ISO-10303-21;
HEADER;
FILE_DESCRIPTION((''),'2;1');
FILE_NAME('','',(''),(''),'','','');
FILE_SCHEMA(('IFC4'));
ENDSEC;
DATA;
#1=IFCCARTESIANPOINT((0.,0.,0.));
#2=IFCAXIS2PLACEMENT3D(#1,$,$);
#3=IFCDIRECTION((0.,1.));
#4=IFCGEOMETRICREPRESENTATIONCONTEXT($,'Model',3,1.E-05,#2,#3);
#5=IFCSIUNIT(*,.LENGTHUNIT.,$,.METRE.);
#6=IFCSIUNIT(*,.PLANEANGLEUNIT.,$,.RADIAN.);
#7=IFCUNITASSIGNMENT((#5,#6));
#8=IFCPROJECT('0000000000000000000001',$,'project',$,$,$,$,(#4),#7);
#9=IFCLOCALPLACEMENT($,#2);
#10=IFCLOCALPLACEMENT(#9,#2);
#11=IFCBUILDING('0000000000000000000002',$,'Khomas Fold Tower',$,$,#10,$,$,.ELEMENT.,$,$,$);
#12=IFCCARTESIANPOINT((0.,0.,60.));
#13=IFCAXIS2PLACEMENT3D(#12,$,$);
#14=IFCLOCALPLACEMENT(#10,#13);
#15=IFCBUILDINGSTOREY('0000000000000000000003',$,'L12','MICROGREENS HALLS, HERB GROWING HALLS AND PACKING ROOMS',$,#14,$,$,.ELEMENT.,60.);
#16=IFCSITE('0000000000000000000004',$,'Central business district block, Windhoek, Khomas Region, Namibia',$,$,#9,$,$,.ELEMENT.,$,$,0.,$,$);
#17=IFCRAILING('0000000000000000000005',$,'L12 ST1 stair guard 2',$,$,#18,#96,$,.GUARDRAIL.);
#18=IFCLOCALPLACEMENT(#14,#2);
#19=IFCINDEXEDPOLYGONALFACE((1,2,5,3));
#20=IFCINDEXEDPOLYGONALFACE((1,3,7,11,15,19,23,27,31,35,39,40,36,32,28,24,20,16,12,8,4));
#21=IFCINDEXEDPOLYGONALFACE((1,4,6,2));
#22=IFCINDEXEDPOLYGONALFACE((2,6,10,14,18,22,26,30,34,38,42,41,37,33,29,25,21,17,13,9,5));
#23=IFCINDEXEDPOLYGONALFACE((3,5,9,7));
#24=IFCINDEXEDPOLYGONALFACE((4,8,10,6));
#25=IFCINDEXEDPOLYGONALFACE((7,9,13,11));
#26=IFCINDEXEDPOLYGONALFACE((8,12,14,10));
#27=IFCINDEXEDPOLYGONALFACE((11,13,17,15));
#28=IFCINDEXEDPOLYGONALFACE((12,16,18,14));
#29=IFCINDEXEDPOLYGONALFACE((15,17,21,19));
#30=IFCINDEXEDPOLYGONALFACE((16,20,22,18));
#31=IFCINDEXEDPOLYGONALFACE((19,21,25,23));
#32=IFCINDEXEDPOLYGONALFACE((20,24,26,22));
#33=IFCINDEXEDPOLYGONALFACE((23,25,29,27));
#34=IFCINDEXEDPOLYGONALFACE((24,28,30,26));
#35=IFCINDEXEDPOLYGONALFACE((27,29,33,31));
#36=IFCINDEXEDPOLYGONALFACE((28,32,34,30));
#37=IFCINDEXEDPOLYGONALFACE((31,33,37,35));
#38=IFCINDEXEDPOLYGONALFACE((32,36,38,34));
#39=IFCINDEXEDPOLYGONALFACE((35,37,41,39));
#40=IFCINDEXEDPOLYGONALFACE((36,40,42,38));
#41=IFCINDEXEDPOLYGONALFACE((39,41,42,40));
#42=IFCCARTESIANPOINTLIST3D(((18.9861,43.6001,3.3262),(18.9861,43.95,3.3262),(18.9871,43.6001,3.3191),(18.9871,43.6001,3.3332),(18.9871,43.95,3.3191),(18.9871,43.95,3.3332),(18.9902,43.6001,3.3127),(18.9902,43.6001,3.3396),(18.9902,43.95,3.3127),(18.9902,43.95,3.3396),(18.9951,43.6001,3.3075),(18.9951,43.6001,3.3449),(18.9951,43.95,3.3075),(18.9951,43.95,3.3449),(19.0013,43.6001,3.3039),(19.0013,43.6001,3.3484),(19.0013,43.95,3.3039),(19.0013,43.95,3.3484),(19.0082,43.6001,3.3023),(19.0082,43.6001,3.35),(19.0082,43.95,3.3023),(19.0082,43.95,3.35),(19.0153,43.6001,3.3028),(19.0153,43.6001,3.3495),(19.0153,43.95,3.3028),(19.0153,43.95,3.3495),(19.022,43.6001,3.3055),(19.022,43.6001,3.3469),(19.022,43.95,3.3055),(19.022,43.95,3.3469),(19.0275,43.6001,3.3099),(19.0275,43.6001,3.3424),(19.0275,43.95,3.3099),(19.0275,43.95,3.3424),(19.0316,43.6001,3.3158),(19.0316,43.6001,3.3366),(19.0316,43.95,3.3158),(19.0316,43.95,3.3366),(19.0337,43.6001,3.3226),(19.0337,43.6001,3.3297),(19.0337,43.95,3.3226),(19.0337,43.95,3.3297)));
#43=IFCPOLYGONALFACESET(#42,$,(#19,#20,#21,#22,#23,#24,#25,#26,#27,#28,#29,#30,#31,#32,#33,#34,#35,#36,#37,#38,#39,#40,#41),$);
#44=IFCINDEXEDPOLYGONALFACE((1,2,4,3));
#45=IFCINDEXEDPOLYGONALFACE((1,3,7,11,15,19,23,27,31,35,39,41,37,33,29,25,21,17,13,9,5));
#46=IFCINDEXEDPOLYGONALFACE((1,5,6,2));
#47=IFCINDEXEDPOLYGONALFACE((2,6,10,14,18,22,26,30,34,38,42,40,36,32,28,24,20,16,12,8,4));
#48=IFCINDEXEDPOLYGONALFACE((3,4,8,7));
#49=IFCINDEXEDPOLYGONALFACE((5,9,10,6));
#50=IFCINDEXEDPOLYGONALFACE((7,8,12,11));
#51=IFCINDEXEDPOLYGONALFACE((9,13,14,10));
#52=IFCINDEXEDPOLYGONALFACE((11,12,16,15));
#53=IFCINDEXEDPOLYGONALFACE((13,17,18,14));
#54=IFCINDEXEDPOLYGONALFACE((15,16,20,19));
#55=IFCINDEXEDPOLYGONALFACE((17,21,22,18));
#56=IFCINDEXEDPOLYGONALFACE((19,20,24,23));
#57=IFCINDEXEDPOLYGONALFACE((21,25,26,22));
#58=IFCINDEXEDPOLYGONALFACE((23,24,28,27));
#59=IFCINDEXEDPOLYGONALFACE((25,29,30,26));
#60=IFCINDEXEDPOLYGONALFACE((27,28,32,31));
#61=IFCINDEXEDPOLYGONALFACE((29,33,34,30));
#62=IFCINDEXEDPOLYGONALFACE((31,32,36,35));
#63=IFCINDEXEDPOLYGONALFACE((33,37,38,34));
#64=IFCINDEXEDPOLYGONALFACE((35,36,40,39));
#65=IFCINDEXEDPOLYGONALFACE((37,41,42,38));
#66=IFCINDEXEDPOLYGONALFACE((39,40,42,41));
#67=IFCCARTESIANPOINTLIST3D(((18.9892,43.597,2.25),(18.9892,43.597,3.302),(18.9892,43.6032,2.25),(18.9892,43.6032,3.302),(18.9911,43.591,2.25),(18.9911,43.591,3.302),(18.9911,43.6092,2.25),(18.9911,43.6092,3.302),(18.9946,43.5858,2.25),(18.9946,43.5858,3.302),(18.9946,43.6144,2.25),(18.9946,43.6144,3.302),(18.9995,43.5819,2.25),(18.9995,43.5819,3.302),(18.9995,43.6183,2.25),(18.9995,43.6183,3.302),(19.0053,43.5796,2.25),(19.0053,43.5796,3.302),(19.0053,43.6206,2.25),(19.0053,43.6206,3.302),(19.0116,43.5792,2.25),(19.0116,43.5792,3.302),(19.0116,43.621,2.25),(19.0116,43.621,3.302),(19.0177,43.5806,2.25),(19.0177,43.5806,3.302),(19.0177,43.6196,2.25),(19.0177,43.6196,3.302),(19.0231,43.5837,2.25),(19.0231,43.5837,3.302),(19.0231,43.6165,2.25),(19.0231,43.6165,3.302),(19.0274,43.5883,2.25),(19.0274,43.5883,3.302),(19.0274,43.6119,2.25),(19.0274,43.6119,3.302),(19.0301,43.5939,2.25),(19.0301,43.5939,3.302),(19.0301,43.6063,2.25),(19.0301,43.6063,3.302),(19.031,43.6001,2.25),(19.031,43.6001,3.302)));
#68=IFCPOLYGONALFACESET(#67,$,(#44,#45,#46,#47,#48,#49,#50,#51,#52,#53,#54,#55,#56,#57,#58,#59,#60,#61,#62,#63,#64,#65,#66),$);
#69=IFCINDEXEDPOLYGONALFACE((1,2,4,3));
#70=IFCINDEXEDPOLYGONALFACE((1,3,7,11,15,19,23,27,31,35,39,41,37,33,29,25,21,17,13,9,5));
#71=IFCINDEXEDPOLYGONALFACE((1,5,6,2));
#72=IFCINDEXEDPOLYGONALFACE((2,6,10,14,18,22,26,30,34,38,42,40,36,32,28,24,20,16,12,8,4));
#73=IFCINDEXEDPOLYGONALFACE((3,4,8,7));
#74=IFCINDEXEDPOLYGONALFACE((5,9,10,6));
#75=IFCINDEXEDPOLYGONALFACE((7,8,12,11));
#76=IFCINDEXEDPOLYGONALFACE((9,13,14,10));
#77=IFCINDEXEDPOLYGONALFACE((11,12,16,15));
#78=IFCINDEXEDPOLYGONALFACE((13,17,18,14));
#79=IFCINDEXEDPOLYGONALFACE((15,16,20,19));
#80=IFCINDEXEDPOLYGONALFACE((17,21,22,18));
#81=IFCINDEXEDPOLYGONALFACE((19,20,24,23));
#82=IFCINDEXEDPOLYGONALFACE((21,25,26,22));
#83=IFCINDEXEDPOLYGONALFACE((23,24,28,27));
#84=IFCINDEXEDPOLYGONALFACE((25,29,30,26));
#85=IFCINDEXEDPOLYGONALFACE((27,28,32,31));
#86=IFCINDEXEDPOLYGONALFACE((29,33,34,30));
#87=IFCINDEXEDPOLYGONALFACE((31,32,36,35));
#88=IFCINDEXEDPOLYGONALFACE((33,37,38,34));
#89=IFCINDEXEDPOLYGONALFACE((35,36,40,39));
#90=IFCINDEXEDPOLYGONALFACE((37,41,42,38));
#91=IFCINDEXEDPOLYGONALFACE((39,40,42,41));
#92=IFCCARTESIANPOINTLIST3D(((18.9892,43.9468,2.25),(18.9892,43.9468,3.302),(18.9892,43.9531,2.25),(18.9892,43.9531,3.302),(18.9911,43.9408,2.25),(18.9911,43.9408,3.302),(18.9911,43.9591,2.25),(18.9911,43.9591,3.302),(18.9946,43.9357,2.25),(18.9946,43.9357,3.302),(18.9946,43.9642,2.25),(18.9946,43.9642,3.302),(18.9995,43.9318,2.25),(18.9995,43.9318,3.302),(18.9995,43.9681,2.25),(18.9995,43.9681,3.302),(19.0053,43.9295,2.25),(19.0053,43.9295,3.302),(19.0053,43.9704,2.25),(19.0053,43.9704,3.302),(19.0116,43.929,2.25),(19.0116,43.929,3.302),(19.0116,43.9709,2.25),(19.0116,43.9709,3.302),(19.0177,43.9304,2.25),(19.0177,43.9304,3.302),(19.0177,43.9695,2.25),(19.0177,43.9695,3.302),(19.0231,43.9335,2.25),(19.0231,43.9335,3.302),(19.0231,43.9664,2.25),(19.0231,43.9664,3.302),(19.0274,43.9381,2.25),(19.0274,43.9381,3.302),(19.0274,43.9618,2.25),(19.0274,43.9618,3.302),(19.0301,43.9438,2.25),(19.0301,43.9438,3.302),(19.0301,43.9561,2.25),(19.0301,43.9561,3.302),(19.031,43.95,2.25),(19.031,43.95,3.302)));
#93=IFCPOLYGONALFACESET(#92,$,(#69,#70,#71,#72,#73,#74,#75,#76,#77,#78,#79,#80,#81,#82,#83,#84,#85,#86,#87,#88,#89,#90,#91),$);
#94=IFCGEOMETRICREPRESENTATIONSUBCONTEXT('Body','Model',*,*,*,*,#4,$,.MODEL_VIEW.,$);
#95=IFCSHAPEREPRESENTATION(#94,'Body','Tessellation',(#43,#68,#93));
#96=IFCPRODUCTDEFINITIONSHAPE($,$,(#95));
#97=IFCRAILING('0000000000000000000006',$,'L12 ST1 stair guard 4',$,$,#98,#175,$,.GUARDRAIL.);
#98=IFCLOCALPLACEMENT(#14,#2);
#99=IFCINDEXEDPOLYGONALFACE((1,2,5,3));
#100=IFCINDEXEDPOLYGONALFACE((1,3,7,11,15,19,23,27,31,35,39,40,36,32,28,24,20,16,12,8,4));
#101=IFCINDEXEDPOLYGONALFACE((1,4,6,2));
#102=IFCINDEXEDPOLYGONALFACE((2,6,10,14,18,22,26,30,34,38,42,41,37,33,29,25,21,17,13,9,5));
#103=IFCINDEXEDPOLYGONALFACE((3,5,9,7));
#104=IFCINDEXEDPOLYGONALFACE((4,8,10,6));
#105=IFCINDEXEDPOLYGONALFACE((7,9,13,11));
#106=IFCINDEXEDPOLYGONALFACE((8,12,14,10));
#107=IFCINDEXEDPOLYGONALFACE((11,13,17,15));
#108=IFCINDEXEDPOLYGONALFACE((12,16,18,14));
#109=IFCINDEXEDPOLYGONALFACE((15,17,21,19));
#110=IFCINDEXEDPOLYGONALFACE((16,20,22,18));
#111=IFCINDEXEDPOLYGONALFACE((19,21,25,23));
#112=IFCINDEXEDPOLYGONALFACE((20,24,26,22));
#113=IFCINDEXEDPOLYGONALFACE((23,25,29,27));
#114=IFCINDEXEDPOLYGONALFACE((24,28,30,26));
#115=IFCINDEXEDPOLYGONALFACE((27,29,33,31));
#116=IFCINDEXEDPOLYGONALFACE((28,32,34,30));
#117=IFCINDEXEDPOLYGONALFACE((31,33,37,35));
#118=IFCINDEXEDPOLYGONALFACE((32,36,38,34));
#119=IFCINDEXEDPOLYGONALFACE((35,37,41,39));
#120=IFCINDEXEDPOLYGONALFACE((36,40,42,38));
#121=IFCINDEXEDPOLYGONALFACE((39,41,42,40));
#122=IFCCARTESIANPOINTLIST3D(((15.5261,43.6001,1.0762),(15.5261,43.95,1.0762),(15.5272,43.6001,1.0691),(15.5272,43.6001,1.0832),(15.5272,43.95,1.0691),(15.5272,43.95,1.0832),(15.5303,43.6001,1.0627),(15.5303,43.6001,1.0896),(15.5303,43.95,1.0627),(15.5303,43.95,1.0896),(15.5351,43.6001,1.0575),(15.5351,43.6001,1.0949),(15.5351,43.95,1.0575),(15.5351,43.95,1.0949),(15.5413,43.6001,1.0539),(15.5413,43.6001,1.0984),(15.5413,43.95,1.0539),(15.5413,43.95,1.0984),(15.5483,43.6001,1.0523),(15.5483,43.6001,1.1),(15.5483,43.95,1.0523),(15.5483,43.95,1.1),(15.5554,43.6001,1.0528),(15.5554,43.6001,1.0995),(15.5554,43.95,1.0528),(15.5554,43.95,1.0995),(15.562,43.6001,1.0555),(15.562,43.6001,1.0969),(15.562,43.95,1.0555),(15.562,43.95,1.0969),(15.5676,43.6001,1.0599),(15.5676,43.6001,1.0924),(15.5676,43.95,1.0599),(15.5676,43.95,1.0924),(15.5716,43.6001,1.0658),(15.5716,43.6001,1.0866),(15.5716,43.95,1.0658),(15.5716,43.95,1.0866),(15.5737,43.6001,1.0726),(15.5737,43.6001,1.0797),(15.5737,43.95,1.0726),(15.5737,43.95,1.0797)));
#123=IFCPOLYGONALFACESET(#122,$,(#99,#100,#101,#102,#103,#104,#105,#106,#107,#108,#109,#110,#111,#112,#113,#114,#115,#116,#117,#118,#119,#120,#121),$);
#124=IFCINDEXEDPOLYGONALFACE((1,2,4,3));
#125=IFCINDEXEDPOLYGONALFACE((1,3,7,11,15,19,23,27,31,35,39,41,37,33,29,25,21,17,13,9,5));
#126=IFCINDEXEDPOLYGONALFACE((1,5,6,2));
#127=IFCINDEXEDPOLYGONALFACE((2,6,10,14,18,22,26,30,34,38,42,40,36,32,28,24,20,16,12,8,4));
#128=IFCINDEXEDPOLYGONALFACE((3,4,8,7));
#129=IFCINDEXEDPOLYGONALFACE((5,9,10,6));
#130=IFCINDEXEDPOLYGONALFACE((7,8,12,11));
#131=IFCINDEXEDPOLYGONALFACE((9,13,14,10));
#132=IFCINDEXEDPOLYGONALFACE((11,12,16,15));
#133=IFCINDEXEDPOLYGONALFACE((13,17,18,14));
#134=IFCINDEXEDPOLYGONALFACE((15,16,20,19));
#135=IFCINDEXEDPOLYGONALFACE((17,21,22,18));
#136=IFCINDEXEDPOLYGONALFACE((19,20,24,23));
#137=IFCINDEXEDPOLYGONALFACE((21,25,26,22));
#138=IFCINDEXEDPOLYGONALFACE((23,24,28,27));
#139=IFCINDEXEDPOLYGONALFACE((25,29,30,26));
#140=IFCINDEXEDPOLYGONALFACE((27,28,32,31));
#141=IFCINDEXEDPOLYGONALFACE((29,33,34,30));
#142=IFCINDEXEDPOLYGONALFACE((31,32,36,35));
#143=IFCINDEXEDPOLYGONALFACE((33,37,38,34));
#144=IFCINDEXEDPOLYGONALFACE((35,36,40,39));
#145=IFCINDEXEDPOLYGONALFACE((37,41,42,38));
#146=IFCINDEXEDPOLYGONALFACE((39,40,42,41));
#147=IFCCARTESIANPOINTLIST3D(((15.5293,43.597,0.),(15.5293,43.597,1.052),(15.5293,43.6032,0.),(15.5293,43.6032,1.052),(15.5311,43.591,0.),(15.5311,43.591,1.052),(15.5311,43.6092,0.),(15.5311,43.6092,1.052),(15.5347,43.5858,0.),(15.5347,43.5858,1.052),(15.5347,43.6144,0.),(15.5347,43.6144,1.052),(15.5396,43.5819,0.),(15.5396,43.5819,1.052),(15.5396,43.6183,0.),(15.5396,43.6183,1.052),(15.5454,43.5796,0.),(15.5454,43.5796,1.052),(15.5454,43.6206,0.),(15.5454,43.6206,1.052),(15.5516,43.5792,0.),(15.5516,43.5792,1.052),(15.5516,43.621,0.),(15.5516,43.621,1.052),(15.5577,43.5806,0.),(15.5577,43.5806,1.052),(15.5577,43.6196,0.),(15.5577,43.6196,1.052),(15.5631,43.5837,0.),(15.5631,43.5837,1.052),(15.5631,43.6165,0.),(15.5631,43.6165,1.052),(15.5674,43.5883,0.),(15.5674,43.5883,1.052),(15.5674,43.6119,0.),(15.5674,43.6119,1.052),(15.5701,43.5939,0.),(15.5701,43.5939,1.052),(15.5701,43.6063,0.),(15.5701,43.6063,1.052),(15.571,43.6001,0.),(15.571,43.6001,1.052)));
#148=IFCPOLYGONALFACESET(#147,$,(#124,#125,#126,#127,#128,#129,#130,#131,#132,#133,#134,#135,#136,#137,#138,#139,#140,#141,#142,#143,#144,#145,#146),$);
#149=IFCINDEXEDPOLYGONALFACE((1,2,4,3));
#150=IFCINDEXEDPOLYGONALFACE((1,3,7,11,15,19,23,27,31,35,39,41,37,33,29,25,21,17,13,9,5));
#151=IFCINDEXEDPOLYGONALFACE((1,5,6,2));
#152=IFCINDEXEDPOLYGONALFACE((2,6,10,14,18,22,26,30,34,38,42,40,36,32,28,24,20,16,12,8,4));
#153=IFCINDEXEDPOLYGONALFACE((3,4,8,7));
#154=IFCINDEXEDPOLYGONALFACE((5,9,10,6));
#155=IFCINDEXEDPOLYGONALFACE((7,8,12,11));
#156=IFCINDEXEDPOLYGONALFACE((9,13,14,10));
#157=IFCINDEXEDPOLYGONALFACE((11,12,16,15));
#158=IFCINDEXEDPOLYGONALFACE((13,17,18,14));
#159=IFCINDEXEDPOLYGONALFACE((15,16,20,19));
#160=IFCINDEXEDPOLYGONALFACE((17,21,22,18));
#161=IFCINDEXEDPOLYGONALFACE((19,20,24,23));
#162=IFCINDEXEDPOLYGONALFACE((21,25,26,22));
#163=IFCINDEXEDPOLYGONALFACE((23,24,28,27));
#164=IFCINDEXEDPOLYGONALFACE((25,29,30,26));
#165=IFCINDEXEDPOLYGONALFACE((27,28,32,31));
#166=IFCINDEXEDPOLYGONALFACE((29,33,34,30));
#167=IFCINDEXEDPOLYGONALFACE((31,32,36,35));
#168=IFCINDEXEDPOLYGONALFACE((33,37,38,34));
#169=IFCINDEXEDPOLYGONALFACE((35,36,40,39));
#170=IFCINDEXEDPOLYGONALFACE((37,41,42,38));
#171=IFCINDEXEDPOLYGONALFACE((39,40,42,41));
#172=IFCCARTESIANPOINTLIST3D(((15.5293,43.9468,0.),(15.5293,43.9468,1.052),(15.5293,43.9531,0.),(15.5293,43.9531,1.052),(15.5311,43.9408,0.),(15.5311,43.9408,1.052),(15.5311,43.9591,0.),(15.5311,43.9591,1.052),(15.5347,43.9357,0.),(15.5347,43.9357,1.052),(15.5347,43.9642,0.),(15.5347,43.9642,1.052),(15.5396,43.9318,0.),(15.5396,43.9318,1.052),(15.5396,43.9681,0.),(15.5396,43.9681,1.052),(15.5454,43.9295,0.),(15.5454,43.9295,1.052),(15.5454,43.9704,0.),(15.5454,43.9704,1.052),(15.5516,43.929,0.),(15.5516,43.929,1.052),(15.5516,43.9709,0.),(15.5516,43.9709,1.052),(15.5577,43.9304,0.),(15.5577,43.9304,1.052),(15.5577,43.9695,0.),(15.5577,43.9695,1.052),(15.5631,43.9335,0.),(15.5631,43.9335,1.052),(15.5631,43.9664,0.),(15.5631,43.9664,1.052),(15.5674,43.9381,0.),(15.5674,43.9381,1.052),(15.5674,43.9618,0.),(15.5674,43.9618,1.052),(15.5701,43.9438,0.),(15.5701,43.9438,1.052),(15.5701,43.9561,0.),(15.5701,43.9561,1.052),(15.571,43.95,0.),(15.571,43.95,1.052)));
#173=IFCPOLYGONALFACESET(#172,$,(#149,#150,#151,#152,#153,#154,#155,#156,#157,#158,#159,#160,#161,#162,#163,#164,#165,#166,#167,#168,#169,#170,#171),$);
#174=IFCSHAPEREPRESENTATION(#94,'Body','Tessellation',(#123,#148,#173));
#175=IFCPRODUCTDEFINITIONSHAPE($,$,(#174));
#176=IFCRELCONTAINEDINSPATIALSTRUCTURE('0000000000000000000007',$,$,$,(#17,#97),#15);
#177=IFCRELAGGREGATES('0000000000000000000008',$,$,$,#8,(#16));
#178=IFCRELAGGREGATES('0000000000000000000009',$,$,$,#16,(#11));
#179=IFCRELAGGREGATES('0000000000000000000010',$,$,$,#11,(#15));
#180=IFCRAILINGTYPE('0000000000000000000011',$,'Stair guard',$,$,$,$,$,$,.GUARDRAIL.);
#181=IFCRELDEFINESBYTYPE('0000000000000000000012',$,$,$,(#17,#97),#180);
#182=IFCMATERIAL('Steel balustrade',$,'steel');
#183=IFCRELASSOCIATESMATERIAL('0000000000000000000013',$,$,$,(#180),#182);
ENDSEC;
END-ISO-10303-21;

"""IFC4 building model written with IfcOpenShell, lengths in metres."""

from ifc_helpers import new_model, si_unit, direction, frame, origin, origin_2d, place, context, subcontext, project, spatial, circle, extrude, source, transform, mapped, material, type_object, element, save


model = new_model("IFC4")

# Units and contexts
model_context = context("Model", 3, precision=1e-05, world=origin(), true_north=direction((0.0, 1.0)))
body_context = subcontext(model_context, "Body", "Model", "MODEL_VIEW")
ifc_project = project(units=[si_unit("LENGTHUNIT", "METRE"), si_unit("PLANEANGLEUNIT", "RADIAN")], contexts=[model_context])

# Site, building, storey
site_placement = place(None, origin())
site = spatial("IfcSite", under=ifc_project, at=site_placement, Name="Central business district block, Windhoek, Khomas Region, Namibia", CompositionType="ELEMENT", RefElevation=0.0)
building_placement = place(site_placement, origin())
building = spatial("IfcBuilding", under=site, at=building_placement, Name="Khomas Fold Tower", CompositionType="ELEMENT")
storey_placement = place(building_placement, frame((0.0, 0.0, 60.0)))
storey = spatial("IfcBuildingStorey", under=building, at=storey_placement, Name="L12", Description="MICROGREENS HALLS, HERB GROWING HALLS AND PACKING ROOMS", CompositionType="ELEMENT", Elevation=60.0)

# Railings
ifc_material_1 = material(Name="Steel balustrade", Category="steel")
railing_type_1 = type_object("IfcRailingType", Name="Stair guard", PredefinedType="GUARDRAIL", material=ifc_material_1)
shared_shape_1 = source(origin(), body_context, "Body", "SweptSolid", [
    extrude(circle(Radius=0.0239, at=origin_2d()), frame((0.0, 0.0, 1.0762), z_axis=(0.0, 1.0, 0.0), x_axis=(-1.0, 0.0, 0.0)), (0.0, 0.0, 1.0), 0.3499),
    extrude(circle(Radius=0.021, at=origin_2d()), origin(), (0.0, 0.0, 1.0), 1.052),
    extrude(circle(Radius=0.021, at=origin_2d()), frame((0.0, 0.3499, 0.0)), (0.0, 0.0, 1.0), 1.052),
])
for number, where, name in (
    (1, (19.01, 43.6001, 2.25), "L12 ST1 stair guard 2"),
    (2, (15.55, 43.6001, 0.0), "L12 ST1 stair guard 4"),
):
    element("IfcRailing", number, at=place(storey_placement, frame(where)), inside=storey, type_object=railing_type_1, Name=name, PredefinedType="GUARDRAIL", context=body_context, shape_type="MappedRepresentation", body=[
        mapped(shared_shape_1, transform((0.0, 0.0, 0.0))),
    ])

save(model, "model.ifc")
